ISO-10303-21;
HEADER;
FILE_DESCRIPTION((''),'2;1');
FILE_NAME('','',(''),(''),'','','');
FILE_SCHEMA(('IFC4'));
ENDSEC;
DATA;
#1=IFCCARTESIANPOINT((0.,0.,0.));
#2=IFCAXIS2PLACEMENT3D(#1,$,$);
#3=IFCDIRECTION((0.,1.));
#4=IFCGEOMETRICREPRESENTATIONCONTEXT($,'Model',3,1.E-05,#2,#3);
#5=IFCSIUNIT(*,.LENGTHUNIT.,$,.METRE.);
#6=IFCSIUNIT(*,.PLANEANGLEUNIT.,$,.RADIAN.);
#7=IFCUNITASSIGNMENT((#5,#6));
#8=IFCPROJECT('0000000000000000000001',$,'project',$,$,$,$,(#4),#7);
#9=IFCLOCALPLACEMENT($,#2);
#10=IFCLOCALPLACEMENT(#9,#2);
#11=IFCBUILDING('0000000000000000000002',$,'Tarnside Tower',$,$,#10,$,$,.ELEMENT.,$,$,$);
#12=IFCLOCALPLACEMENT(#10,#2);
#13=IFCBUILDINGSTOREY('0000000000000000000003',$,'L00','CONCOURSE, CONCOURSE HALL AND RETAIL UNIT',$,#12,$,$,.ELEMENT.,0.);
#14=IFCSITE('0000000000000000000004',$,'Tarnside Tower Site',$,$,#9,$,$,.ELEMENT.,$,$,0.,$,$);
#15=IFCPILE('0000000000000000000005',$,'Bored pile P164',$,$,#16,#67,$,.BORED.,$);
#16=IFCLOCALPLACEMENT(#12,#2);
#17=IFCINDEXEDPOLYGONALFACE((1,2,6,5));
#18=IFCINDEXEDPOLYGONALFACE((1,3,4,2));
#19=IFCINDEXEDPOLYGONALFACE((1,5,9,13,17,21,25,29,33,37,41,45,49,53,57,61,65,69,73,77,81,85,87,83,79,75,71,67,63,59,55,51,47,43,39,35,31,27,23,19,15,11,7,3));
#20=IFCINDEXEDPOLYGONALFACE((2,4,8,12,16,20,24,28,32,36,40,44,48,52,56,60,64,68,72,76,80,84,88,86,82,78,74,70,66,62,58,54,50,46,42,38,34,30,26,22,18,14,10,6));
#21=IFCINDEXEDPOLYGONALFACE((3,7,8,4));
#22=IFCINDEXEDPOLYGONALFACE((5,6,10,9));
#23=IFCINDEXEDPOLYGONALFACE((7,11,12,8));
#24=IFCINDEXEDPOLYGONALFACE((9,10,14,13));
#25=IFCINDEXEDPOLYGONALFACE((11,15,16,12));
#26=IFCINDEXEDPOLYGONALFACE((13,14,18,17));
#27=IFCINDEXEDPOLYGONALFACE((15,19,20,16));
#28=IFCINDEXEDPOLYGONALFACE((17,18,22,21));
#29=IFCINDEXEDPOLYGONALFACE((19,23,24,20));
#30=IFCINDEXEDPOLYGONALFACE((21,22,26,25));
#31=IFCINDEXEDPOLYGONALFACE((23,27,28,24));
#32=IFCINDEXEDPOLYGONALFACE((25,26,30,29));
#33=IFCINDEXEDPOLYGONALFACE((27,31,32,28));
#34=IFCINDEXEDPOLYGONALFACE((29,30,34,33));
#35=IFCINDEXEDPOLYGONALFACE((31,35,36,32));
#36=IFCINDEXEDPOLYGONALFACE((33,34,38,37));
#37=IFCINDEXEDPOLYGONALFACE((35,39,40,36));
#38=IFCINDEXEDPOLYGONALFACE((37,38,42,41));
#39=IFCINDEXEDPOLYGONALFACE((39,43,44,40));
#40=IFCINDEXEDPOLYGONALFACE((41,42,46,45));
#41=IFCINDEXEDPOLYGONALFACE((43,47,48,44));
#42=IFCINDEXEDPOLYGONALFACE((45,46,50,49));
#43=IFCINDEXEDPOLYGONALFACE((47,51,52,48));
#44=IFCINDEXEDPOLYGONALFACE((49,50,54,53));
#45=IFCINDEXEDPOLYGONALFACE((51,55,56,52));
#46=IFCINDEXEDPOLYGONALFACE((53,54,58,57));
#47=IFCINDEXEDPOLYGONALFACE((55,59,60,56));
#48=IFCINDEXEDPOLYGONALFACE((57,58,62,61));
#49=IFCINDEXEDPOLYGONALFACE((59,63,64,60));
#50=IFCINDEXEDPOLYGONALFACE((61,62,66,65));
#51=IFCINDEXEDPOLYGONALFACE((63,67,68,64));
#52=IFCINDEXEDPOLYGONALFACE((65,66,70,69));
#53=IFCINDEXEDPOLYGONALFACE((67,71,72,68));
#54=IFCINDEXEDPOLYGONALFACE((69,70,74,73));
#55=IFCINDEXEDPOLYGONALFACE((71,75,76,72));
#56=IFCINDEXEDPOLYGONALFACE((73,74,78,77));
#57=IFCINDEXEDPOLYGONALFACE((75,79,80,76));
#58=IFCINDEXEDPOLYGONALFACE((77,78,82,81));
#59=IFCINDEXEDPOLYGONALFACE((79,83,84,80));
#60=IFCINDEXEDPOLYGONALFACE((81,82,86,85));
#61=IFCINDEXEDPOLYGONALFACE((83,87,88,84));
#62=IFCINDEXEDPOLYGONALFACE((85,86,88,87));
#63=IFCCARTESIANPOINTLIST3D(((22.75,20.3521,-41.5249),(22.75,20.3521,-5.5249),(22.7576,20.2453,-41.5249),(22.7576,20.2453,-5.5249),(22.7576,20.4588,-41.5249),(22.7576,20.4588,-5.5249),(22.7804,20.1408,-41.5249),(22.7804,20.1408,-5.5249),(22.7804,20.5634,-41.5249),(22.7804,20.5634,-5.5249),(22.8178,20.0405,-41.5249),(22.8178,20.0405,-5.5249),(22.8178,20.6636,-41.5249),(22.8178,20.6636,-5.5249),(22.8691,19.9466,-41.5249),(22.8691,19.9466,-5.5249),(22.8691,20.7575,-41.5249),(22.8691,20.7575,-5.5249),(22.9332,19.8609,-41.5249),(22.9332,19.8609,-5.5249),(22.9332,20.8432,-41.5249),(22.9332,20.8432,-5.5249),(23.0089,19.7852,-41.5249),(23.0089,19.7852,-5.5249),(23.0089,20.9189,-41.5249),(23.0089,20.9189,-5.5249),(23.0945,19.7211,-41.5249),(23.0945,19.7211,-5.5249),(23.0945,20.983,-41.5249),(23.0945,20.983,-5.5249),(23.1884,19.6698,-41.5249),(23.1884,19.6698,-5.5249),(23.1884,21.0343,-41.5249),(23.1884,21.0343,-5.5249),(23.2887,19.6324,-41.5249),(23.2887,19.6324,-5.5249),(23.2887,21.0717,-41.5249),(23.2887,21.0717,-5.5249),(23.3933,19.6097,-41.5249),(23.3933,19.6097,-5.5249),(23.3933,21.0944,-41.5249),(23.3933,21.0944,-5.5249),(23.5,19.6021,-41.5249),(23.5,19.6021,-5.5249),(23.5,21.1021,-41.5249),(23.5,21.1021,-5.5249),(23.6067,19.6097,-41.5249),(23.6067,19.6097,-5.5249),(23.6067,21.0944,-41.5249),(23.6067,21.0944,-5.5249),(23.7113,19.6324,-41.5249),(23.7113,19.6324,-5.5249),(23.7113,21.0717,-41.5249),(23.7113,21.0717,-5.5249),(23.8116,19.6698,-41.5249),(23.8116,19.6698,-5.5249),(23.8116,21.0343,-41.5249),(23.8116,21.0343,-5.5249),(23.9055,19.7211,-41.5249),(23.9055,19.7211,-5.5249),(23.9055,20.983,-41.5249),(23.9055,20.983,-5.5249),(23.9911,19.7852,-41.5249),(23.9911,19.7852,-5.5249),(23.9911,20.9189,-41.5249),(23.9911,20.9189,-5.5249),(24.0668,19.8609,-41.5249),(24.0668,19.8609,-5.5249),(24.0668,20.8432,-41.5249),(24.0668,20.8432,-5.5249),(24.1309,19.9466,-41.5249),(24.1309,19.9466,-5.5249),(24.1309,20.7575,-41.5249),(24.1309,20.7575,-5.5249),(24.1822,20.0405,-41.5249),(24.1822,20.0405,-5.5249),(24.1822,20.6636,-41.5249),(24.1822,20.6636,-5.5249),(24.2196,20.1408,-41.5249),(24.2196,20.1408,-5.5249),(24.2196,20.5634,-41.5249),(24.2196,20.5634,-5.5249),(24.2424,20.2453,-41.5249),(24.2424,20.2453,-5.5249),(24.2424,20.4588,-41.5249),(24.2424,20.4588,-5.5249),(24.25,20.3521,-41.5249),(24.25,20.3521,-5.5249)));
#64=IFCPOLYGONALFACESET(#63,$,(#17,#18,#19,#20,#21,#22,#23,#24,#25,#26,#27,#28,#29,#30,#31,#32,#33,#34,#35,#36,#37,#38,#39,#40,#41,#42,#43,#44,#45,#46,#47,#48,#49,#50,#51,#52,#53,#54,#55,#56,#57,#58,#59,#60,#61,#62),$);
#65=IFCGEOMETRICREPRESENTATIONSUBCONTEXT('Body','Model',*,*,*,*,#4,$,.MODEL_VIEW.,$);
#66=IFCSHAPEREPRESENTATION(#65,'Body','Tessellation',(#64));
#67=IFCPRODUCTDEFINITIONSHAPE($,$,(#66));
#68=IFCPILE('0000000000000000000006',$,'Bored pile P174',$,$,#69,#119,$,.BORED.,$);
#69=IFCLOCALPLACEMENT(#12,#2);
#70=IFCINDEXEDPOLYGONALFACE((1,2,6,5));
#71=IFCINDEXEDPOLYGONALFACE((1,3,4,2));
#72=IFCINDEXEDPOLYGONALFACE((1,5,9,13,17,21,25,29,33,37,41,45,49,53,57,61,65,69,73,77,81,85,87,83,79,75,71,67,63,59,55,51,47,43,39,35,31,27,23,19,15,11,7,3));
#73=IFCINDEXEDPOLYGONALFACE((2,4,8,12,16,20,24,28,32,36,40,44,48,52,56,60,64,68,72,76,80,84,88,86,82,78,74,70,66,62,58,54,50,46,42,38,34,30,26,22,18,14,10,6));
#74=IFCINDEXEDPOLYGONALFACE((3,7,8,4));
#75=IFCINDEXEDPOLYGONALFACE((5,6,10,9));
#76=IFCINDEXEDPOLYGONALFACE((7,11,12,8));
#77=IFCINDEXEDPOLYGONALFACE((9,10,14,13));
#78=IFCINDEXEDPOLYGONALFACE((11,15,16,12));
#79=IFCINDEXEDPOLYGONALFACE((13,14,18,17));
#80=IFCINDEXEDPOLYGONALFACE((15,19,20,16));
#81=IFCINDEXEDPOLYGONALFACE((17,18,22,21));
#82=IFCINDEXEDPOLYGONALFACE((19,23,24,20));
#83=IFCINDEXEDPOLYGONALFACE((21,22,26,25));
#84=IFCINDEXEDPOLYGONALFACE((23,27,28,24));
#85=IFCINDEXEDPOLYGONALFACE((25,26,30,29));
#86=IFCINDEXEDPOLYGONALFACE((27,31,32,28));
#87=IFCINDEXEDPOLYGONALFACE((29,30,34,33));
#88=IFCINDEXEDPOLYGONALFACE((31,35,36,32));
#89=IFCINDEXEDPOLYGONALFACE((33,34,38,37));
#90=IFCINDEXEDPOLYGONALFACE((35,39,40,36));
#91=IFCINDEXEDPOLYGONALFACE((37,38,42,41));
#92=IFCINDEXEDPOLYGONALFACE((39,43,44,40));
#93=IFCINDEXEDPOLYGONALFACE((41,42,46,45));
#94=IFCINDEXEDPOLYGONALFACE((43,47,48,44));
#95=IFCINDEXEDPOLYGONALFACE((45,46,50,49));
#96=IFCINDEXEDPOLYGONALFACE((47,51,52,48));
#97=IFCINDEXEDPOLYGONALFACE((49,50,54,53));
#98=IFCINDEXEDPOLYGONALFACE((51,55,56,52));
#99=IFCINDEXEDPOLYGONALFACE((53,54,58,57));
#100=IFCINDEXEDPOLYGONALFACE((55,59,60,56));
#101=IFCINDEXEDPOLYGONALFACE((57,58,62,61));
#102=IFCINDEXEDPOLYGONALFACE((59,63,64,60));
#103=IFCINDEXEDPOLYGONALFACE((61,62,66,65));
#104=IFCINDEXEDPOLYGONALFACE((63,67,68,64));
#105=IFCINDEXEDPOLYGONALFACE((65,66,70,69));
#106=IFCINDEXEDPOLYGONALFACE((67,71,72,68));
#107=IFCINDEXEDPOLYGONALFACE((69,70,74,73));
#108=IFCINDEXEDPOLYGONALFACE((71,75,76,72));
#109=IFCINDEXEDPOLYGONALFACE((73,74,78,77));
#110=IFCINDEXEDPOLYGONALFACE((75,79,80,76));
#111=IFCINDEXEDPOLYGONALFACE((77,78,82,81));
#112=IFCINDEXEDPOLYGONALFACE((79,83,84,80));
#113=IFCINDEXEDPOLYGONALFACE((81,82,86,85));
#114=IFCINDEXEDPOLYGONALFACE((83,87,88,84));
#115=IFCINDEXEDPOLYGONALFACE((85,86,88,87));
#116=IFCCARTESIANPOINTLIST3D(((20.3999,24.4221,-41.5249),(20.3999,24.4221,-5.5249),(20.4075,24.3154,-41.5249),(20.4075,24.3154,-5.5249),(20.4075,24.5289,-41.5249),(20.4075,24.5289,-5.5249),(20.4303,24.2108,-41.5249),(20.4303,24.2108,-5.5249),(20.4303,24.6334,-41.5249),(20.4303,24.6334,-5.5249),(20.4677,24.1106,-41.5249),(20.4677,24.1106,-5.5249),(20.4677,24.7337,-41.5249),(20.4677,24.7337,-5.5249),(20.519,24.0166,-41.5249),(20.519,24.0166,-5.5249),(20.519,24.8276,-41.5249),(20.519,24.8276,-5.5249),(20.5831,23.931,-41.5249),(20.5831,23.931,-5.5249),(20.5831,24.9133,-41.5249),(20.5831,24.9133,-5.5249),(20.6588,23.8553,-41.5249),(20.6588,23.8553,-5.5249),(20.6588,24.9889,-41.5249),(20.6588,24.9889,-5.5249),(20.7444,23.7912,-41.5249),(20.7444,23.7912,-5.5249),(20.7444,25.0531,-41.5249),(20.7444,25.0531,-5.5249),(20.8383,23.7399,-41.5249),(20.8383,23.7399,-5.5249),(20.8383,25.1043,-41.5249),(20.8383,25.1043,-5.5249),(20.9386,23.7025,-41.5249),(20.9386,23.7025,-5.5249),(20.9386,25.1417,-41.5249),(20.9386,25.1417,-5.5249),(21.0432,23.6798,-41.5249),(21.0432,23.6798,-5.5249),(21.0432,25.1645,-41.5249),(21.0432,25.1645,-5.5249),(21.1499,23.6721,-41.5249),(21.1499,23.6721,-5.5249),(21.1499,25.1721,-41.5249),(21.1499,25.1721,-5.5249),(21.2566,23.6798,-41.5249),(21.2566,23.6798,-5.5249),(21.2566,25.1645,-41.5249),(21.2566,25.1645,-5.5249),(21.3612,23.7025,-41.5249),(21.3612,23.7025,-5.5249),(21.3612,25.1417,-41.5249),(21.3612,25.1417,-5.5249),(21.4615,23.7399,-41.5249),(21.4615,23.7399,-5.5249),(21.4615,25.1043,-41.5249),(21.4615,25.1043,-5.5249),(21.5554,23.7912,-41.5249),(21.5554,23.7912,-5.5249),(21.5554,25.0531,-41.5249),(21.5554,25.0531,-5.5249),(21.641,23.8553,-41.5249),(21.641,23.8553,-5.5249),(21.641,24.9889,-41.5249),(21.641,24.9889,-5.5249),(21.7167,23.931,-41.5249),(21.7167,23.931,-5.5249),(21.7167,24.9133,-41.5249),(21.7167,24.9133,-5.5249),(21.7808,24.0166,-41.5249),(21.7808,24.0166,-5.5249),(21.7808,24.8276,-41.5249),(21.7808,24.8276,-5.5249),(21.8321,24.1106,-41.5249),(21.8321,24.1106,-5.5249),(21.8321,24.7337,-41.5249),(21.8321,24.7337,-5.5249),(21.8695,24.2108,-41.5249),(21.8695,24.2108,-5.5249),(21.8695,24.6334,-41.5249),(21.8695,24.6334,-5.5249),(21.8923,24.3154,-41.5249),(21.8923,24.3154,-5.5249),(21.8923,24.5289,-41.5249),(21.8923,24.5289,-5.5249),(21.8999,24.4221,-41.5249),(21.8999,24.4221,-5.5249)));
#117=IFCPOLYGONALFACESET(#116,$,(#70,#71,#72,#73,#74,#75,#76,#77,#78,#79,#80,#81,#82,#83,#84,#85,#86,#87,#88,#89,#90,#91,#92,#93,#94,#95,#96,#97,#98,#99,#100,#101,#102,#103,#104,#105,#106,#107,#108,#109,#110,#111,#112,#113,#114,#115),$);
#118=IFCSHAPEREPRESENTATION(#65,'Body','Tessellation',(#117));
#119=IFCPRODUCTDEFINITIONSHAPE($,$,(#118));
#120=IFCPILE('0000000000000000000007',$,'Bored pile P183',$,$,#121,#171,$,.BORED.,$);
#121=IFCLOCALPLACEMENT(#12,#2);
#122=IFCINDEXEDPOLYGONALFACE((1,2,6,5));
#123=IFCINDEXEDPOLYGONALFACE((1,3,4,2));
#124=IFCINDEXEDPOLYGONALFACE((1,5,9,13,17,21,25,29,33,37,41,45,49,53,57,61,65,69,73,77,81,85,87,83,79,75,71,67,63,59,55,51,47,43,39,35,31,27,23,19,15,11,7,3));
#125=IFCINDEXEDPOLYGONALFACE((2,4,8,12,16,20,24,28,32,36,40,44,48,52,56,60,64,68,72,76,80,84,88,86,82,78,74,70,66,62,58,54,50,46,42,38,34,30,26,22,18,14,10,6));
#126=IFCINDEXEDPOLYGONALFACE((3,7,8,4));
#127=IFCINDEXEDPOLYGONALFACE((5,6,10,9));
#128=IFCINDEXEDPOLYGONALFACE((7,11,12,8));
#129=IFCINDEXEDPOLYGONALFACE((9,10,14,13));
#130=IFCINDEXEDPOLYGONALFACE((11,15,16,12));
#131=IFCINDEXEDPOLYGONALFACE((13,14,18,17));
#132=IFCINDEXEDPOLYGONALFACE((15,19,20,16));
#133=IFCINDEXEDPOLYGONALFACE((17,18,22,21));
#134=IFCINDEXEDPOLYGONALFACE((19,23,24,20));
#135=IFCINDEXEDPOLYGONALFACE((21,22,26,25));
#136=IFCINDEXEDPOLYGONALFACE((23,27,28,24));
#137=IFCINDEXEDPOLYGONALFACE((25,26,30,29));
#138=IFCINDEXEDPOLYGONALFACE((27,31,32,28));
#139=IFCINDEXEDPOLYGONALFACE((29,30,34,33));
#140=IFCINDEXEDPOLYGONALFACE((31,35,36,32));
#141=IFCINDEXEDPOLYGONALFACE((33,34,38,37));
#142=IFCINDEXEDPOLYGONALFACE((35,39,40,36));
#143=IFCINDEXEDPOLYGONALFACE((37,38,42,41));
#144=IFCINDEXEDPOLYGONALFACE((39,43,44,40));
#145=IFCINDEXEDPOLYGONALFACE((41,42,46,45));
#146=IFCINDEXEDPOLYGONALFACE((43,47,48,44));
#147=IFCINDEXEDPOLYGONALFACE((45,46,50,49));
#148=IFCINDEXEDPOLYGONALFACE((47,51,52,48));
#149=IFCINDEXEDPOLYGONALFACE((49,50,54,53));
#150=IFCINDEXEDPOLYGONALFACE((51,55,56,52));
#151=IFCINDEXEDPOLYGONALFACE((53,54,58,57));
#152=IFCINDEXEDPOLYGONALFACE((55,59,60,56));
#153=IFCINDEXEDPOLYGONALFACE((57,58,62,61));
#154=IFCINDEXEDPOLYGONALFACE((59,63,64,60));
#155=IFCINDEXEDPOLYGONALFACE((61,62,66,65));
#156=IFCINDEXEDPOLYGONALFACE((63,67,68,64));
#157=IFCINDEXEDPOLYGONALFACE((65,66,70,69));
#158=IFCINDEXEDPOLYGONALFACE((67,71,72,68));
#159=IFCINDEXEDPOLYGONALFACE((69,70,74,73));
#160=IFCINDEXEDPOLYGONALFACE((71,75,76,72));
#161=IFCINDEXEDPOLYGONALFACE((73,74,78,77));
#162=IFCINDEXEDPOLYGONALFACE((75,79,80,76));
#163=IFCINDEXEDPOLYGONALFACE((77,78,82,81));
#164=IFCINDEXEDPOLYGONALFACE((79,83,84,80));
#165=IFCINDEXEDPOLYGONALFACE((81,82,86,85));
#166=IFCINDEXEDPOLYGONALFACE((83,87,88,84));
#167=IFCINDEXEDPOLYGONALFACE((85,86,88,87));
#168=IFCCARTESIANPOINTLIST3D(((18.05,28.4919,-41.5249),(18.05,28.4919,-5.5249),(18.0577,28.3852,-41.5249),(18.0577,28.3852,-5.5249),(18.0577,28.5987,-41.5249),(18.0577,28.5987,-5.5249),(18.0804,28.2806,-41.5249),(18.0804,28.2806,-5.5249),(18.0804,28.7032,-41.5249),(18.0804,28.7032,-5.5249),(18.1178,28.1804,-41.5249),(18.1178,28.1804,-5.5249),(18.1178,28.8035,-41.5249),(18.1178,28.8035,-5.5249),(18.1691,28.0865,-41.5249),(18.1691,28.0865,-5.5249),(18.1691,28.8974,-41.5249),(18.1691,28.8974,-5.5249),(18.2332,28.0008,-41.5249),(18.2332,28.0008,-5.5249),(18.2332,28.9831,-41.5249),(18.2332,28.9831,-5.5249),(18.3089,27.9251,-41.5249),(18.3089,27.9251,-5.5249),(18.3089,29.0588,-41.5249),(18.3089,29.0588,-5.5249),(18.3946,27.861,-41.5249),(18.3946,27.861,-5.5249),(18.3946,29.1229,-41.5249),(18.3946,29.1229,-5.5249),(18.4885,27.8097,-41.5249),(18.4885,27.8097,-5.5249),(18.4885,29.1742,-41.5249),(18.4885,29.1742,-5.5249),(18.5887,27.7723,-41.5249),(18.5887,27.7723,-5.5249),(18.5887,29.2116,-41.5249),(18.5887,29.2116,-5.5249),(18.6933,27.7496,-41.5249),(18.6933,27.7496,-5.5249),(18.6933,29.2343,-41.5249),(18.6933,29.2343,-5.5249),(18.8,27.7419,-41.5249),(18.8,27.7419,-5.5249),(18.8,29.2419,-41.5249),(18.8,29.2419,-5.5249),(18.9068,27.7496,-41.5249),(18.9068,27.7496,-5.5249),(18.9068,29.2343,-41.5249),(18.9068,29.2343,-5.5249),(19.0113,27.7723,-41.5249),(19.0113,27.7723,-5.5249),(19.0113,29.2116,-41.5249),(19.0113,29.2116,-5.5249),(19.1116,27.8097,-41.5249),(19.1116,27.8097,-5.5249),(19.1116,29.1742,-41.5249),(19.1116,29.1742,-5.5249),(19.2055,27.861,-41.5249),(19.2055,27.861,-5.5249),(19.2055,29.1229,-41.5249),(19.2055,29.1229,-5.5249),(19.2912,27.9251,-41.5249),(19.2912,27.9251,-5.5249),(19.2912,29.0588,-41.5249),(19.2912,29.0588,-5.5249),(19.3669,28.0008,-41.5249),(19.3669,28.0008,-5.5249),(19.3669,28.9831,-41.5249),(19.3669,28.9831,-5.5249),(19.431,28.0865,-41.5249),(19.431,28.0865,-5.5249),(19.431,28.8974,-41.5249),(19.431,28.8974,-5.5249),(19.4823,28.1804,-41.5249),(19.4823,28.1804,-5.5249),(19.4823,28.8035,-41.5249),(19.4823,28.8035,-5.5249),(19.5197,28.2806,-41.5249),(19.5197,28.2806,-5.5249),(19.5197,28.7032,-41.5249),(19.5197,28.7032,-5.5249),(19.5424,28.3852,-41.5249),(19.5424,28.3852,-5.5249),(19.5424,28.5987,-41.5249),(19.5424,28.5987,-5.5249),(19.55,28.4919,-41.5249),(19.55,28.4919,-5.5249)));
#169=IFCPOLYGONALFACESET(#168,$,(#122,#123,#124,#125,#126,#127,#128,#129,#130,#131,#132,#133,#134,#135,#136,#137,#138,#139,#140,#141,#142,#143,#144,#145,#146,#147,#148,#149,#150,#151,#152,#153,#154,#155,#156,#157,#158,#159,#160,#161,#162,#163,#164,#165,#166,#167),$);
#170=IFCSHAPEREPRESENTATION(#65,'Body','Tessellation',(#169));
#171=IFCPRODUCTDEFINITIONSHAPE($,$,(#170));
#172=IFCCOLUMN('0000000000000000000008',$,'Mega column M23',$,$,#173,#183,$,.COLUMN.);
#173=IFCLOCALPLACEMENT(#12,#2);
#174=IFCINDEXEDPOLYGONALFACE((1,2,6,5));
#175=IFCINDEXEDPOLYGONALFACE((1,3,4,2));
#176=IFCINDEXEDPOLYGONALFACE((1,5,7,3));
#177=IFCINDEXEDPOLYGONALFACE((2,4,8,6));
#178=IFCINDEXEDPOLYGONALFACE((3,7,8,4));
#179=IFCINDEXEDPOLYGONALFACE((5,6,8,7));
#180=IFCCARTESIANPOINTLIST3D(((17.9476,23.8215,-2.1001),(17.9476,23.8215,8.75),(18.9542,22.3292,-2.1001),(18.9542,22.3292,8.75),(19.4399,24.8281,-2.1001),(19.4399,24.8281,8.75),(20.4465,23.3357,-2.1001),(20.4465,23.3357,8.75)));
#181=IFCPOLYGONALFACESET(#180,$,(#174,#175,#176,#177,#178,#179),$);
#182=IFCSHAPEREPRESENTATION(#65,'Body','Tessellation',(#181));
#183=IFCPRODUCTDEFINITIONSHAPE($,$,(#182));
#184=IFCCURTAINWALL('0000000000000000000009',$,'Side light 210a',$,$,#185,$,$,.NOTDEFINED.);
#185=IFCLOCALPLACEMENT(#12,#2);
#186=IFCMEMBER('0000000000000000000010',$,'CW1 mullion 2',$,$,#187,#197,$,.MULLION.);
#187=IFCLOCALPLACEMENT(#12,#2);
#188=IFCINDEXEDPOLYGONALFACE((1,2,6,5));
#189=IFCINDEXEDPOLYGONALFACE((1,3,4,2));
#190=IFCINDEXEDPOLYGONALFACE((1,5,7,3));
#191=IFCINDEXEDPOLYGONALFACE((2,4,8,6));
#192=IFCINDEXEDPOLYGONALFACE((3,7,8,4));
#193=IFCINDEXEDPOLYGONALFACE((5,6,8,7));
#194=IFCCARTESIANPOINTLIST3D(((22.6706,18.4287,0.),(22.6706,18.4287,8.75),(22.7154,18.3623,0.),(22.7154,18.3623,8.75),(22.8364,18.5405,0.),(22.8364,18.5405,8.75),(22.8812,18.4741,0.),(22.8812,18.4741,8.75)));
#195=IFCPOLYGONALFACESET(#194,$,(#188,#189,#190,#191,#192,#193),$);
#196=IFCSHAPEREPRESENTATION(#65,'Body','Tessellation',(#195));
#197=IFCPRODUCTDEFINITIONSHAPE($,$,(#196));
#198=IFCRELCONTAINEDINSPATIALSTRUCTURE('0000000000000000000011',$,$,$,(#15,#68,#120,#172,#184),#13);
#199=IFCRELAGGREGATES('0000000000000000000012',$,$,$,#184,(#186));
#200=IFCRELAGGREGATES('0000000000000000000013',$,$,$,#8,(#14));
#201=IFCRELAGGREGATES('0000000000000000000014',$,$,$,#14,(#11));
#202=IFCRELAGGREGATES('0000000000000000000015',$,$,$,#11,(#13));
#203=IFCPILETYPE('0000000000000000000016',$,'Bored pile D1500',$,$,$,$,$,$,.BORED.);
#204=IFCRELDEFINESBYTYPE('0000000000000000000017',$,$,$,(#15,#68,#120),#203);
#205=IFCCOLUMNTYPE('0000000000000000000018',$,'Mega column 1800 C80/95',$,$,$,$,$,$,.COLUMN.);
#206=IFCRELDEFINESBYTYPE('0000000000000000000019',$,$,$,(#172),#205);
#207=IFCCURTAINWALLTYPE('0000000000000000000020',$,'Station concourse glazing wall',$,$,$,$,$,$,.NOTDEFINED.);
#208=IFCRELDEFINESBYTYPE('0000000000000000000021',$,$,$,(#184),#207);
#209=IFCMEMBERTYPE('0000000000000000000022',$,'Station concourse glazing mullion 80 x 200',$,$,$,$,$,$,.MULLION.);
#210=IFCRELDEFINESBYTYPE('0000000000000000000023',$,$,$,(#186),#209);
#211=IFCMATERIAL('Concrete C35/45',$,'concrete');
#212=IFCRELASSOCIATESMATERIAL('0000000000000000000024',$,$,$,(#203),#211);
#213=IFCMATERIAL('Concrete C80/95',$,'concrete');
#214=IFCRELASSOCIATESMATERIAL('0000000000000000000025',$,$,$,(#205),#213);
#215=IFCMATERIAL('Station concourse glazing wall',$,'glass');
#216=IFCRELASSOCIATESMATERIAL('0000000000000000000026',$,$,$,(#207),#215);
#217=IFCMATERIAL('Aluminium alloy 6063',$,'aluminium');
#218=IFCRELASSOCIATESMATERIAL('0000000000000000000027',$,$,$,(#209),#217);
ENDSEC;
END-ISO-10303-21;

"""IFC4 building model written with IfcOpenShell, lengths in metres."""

from ifc_helpers import new_model, si_unit, direction, frame, origin, origin_2d, place, context, subcontext, project, spatial, rectangle, circle, extrude, material, material_profile, profile_set, type_object, element, aggregate, save


model = new_model("IFC4")

# Units and contexts
model_context = context("Model", 3, precision=1e-05, world=origin(), true_north=direction((0.0, 1.0)))
body_context = subcontext(model_context, "Body", "Model", "MODEL_VIEW")
ifc_project = project(units=[si_unit("LENGTHUNIT", "METRE"), si_unit("PLANEANGLEUNIT", "RADIAN")], contexts=[model_context])

# Site, building, storey
site_placement = place(None, origin())
site = spatial("IfcSite", under=ifc_project, at=site_placement, Name="Tarnside Tower Site", CompositionType="ELEMENT", RefElevation=0.0)
building_placement = place(site_placement, origin())
building = spatial("IfcBuilding", under=site, at=building_placement, Name="Tarnside Tower", CompositionType="ELEMENT")
storey_placement = place(building_placement, origin())
storey = spatial("IfcBuildingStorey", under=building, at=storey_placement, Name="L00", Description="CONCOURSE, CONCOURSE HALL AND RETAIL UNIT", CompositionType="ELEMENT", Elevation=0.0)

# Piles
ifc_material_1 = material(Name="Concrete C35/45", Category="concrete")
ifc_material_profile_1 = material_profile(ifc_material_1, circle(Radius=0.75, at=origin_2d()), Name="Bored pile D1500")
ifc_profile_set_1 = profile_set([ifc_material_profile_1], Name="Concrete C35/45")
pile_type = type_object("IfcPileType", Name="Bored pile D1500", PredefinedType="BORED", material=ifc_profile_set_1)
for number, where, z_axis, x_axis, name in (
    (1, (23.5, 20.3521, -5.5249), (0.0, 0.0, -1.0), (1.0, 0.0, 0.0), "Bored pile P164"),
    (2, (21.1499, 24.4221, -5.5249), (0.0, 0.0, -1.0), (1.0, 0.0, 0.0), "Bored pile P174"),
    (3, (18.8, 28.4919, -5.5249), (0.0, 0.0, -1.0), (1.0, 0.0, 0.0), "Bored pile P183"),
):
    element("IfcPile", number, at=place(storey_placement, frame(where, z_axis=z_axis, x_axis=x_axis)), inside=storey, type_object=pile_type, Name=name, PredefinedType="BORED", context=body_context, shape_type="SweptSolid", body=[
        extrude(circle(Radius=0.75, at=origin_2d()), origin(), (0.0, 0.0, 1.0), 36.0),
    ])

# Column
ifc_material_2 = material(Name="Concrete C80/95", Category="concrete")
ifc_material_profile_2 = material_profile(ifc_material_2, rectangle(XDim=1.8, YDim=1.8, at=origin_2d()), Name="Mega column 1800x1800")
ifc_profile_set_2 = profile_set([ifc_material_profile_2], Name="Concrete C80/95")
column_type = type_object("IfcColumnType", Name="Mega column 1800 C80/95", PredefinedType="COLUMN", material=ifc_profile_set_2)
column_placement = place(storey_placement, frame((19.197, 23.5786, -2.1001), z_axis=(0.0, 0.0, 1.0), x_axis=(0.559193, -0.829038, 0.0)))
element("IfcColumn", 4, at=column_placement, inside=storey, type_object=column_type, Name="Mega column M23", PredefinedType="COLUMN", context=body_context, shape_type="SweptSolid", body=[
    extrude(rectangle(XDim=1.8, YDim=1.8, at=origin_2d()), origin(), (0.0, 0.0, 1.0), 10.8501),
])

# Curtain wall, member
ifc_material_3 = material(Name="Station concourse glazing wall", Category="glass")
curtain_wall_type = type_object("IfcCurtainWallType", Name="Station concourse glazing wall", PredefinedType="NOTDEFINED", material=ifc_material_3)
curtain_wall_1_placement = place(storey_placement, origin())
curtain_wall_1 = element("IfcCurtainWall", 5, at=curtain_wall_1_placement, inside=storey, type_object=curtain_wall_type, Name="Side light 210a", PredefinedType="NOTDEFINED")
ifc_material_4 = material(Name="Aluminium alloy 6063", Category="aluminium")
ifc_material_profile_3 = material_profile(ifc_material_4, rectangle(XDim=0.2, YDim=0.0801, at=origin_2d()), Name="Station concourse glazing mullion 80 x 200")
ifc_profile_set_3 = profile_set([ifc_material_profile_3], Name="Aluminium alloy 6063")
member_type_1 = type_object("IfcMemberType", Name="Station concourse glazing mullion 80 x 200", PredefinedType="MULLION", material=ifc_profile_set_3)
member_1_placement = place(storey_placement, frame((22.7759, 18.4514, 0.0), z_axis=(0.0, 0.0, 1.0), x_axis=(-0.829038, -0.559193, 0.0)))
member_1 = element("IfcMember", 6, at=member_1_placement, type_object=member_type_1, Name="CW1 mullion 2", PredefinedType="MULLION", context=body_context, shape_type="SweptSolid", body=[
    extrude(rectangle(XDim=0.2, YDim=0.0801, at=origin_2d()), origin(), (0.0, 0.0, 1.0), 8.75),
])

aggregate(curtain_wall_1, [member_1])

save(model, "model.ifc")
